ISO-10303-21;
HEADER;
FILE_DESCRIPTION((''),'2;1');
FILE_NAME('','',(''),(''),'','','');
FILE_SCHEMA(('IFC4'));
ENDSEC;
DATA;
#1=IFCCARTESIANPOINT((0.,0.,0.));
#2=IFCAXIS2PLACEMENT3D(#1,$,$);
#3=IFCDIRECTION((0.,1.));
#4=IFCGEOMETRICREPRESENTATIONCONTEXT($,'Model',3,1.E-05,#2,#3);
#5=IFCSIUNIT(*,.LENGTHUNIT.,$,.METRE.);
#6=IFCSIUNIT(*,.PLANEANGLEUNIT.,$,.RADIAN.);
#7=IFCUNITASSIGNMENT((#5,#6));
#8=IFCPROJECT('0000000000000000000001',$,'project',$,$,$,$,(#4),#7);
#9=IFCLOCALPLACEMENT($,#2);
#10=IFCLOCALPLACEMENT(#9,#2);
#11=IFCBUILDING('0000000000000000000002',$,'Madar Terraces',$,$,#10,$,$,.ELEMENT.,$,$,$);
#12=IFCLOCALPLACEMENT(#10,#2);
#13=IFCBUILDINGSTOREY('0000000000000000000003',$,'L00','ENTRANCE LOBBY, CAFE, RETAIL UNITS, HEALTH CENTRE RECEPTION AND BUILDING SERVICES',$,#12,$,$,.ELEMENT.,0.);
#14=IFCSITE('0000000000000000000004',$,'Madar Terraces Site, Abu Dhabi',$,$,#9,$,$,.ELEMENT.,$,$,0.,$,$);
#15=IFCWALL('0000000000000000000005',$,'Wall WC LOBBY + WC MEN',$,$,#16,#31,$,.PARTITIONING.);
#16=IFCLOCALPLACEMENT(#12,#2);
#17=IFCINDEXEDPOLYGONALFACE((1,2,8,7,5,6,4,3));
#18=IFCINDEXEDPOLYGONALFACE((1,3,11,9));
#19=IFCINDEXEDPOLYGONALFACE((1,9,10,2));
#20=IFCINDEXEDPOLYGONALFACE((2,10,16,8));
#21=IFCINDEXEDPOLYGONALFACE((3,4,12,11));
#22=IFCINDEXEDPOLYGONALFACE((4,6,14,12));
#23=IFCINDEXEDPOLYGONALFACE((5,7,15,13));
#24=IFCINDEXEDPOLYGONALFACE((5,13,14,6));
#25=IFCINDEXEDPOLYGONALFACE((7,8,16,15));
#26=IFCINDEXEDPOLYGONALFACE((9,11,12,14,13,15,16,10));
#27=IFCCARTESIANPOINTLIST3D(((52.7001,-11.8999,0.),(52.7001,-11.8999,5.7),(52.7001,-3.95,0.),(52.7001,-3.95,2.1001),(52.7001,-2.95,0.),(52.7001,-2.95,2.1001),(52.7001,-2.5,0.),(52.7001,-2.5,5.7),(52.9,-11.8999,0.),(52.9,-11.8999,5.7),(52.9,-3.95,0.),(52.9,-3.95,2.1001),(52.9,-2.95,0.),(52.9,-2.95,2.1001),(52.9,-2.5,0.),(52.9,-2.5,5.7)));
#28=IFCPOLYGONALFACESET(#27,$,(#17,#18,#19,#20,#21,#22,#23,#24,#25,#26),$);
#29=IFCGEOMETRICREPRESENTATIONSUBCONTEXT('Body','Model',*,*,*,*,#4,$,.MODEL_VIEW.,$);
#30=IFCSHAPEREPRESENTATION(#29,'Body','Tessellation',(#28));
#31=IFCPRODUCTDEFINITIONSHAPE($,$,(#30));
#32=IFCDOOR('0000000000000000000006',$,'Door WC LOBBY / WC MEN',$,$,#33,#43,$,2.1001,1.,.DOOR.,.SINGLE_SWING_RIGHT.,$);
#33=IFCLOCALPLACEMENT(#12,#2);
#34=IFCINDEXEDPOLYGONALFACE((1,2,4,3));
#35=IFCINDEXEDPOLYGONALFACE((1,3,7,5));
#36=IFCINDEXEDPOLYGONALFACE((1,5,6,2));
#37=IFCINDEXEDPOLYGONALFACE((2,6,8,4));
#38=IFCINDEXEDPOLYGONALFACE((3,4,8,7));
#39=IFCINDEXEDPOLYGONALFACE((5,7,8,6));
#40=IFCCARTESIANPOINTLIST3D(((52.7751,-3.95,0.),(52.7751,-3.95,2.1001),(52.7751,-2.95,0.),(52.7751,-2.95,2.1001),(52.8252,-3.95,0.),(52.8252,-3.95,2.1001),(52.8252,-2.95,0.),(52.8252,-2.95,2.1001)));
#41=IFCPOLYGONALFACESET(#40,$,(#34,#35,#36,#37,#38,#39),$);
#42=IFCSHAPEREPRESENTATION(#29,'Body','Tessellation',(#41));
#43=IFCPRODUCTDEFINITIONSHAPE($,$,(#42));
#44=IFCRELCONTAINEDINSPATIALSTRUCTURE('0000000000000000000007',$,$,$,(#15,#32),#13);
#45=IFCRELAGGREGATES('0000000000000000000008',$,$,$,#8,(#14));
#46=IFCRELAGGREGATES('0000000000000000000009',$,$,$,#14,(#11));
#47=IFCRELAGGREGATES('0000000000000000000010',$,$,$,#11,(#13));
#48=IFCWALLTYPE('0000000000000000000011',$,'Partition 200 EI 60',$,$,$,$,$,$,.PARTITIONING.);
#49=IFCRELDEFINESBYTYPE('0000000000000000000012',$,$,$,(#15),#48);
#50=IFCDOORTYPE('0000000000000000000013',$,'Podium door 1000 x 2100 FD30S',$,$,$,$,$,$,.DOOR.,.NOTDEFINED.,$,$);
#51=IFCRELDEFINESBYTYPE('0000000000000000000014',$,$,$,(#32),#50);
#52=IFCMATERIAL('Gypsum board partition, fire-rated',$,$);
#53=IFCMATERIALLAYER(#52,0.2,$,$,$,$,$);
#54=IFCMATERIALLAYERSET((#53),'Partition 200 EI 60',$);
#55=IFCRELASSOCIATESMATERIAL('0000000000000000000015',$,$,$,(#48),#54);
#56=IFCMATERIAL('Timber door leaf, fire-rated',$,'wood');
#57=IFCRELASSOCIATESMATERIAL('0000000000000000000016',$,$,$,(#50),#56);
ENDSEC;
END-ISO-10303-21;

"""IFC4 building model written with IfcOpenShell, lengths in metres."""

from ifc_helpers import new_model, si_unit, direction, frame, frame_2d, origin, place, context, subcontext, project, spatial, rectangle, extrude, material, layer, layer_set, type_object, element, fill, save


model = new_model("IFC4")

# Units and contexts
model_context = context("Model", 3, precision=1e-05, world=origin(), true_north=direction((0.0, 1.0)))
body_context = subcontext(model_context, "Body", "Model", "MODEL_VIEW")
ifc_project = project(units=[si_unit("LENGTHUNIT", "METRE"), si_unit("PLANEANGLEUNIT", "RADIAN")], contexts=[model_context])

# Site, building, storey
site_placement = place(None, origin())
site = spatial("IfcSite", under=ifc_project, at=site_placement, Name="Madar Terraces Site, Abu Dhabi", CompositionType="ELEMENT", RefElevation=0.0)
building_placement = place(site_placement, origin())
building = spatial("IfcBuilding", under=site, at=building_placement, Name="Madar Terraces", CompositionType="ELEMENT")
storey_placement = place(building_placement, origin())
storey = spatial("IfcBuildingStorey", under=building, at=storey_placement, Name="L00", Description="ENTRANCE LOBBY, CAFE, RETAIL UNITS, HEALTH CENTRE RECEPTION AND BUILDING SERVICES", CompositionType="ELEMENT", Elevation=0.0)

# Shared definitions
ifc_material_1 = material(Name="Gypsum board partition, fire-rated")
ifc_layer = layer(ifc_material_1, 0.2)
ifc_layer_set = layer_set([ifc_layer], Name="Partition 200 EI 60")
wall_type = type_object("IfcWallType", Name="Partition 200 EI 60", PredefinedType="PARTITIONING", material=ifc_layer_set)

# Shared definitions
ifc_material_2 = material(Name="Timber door leaf, fire-rated", Category="wood")
door_type_1 = type_object("IfcDoorType", Name="Podium door 1000 x 2100 FD30S", OperationType="NOTDEFINED", PredefinedType="DOOR", material=ifc_material_2)

# Wall, opening, door
wall_1_placement = place(storey_placement, frame((52.8, -11.8999, 0.0), z_axis=(0.0, 0.0, 1.0), x_axis=(0.0, 1.0, 0.0)))
wall_1 = element("IfcWall", 1, at=wall_1_placement, inside=storey, type_object=wall_type, Name="Wall WC LOBBY + WC MEN", PredefinedType="PARTITIONING", context=body_context, shape_type="SweptSolid", body=[
    extrude(rectangle(XDim=9.3999, YDim=0.2, at=frame_2d((4.7, 0.0))), origin(), (0.0, 0.0, 1.0), 5.7),
])
opening_1_placement = place(wall_1_placement, frame((7.95, 0.0, 0.0)))
opening_1 = element("IfcOpeningElement", 2, at=opening_1_placement, cuts=wall_1, PredefinedType="OPENING", context=body_context, shape_type="SweptSolid", body=[
    extrude(rectangle(XDim=1.0, YDim=2.1001, at=frame_2d((0.5, 1.05))), frame((0.0, 0.1099, 0.0), z_axis=(0.0, -1.0, 0.0), x_axis=(1.0, 0.0, 0.0)), (0.0, 0.0, 1.0), 0.22),
])
door_1_placement = place(opening_1_placement, origin())
door_1 = element("IfcDoor", 3, at=door_1_placement, inside=storey, type_object=door_type_1, Name="Door WC LOBBY / WC MEN", OperationType="SINGLE_SWING_RIGHT", OverallHeight=2.1001, OverallWidth=1.0, PredefinedType="DOOR", context=body_context, shape_type="SweptSolid", body=[
    extrude(rectangle(XDim=1.0, YDim=2.1001, at=frame_2d((0.5, 1.05))), frame((0.0, 0.0249, 0.0), z_axis=(0.0, -1.0, 0.0), x_axis=(1.0, 0.0, 0.0)), (0.0, 0.0, 1.0), 0.05),
])
fill(opening_1, door_1)

save(model, "model.ifc")
